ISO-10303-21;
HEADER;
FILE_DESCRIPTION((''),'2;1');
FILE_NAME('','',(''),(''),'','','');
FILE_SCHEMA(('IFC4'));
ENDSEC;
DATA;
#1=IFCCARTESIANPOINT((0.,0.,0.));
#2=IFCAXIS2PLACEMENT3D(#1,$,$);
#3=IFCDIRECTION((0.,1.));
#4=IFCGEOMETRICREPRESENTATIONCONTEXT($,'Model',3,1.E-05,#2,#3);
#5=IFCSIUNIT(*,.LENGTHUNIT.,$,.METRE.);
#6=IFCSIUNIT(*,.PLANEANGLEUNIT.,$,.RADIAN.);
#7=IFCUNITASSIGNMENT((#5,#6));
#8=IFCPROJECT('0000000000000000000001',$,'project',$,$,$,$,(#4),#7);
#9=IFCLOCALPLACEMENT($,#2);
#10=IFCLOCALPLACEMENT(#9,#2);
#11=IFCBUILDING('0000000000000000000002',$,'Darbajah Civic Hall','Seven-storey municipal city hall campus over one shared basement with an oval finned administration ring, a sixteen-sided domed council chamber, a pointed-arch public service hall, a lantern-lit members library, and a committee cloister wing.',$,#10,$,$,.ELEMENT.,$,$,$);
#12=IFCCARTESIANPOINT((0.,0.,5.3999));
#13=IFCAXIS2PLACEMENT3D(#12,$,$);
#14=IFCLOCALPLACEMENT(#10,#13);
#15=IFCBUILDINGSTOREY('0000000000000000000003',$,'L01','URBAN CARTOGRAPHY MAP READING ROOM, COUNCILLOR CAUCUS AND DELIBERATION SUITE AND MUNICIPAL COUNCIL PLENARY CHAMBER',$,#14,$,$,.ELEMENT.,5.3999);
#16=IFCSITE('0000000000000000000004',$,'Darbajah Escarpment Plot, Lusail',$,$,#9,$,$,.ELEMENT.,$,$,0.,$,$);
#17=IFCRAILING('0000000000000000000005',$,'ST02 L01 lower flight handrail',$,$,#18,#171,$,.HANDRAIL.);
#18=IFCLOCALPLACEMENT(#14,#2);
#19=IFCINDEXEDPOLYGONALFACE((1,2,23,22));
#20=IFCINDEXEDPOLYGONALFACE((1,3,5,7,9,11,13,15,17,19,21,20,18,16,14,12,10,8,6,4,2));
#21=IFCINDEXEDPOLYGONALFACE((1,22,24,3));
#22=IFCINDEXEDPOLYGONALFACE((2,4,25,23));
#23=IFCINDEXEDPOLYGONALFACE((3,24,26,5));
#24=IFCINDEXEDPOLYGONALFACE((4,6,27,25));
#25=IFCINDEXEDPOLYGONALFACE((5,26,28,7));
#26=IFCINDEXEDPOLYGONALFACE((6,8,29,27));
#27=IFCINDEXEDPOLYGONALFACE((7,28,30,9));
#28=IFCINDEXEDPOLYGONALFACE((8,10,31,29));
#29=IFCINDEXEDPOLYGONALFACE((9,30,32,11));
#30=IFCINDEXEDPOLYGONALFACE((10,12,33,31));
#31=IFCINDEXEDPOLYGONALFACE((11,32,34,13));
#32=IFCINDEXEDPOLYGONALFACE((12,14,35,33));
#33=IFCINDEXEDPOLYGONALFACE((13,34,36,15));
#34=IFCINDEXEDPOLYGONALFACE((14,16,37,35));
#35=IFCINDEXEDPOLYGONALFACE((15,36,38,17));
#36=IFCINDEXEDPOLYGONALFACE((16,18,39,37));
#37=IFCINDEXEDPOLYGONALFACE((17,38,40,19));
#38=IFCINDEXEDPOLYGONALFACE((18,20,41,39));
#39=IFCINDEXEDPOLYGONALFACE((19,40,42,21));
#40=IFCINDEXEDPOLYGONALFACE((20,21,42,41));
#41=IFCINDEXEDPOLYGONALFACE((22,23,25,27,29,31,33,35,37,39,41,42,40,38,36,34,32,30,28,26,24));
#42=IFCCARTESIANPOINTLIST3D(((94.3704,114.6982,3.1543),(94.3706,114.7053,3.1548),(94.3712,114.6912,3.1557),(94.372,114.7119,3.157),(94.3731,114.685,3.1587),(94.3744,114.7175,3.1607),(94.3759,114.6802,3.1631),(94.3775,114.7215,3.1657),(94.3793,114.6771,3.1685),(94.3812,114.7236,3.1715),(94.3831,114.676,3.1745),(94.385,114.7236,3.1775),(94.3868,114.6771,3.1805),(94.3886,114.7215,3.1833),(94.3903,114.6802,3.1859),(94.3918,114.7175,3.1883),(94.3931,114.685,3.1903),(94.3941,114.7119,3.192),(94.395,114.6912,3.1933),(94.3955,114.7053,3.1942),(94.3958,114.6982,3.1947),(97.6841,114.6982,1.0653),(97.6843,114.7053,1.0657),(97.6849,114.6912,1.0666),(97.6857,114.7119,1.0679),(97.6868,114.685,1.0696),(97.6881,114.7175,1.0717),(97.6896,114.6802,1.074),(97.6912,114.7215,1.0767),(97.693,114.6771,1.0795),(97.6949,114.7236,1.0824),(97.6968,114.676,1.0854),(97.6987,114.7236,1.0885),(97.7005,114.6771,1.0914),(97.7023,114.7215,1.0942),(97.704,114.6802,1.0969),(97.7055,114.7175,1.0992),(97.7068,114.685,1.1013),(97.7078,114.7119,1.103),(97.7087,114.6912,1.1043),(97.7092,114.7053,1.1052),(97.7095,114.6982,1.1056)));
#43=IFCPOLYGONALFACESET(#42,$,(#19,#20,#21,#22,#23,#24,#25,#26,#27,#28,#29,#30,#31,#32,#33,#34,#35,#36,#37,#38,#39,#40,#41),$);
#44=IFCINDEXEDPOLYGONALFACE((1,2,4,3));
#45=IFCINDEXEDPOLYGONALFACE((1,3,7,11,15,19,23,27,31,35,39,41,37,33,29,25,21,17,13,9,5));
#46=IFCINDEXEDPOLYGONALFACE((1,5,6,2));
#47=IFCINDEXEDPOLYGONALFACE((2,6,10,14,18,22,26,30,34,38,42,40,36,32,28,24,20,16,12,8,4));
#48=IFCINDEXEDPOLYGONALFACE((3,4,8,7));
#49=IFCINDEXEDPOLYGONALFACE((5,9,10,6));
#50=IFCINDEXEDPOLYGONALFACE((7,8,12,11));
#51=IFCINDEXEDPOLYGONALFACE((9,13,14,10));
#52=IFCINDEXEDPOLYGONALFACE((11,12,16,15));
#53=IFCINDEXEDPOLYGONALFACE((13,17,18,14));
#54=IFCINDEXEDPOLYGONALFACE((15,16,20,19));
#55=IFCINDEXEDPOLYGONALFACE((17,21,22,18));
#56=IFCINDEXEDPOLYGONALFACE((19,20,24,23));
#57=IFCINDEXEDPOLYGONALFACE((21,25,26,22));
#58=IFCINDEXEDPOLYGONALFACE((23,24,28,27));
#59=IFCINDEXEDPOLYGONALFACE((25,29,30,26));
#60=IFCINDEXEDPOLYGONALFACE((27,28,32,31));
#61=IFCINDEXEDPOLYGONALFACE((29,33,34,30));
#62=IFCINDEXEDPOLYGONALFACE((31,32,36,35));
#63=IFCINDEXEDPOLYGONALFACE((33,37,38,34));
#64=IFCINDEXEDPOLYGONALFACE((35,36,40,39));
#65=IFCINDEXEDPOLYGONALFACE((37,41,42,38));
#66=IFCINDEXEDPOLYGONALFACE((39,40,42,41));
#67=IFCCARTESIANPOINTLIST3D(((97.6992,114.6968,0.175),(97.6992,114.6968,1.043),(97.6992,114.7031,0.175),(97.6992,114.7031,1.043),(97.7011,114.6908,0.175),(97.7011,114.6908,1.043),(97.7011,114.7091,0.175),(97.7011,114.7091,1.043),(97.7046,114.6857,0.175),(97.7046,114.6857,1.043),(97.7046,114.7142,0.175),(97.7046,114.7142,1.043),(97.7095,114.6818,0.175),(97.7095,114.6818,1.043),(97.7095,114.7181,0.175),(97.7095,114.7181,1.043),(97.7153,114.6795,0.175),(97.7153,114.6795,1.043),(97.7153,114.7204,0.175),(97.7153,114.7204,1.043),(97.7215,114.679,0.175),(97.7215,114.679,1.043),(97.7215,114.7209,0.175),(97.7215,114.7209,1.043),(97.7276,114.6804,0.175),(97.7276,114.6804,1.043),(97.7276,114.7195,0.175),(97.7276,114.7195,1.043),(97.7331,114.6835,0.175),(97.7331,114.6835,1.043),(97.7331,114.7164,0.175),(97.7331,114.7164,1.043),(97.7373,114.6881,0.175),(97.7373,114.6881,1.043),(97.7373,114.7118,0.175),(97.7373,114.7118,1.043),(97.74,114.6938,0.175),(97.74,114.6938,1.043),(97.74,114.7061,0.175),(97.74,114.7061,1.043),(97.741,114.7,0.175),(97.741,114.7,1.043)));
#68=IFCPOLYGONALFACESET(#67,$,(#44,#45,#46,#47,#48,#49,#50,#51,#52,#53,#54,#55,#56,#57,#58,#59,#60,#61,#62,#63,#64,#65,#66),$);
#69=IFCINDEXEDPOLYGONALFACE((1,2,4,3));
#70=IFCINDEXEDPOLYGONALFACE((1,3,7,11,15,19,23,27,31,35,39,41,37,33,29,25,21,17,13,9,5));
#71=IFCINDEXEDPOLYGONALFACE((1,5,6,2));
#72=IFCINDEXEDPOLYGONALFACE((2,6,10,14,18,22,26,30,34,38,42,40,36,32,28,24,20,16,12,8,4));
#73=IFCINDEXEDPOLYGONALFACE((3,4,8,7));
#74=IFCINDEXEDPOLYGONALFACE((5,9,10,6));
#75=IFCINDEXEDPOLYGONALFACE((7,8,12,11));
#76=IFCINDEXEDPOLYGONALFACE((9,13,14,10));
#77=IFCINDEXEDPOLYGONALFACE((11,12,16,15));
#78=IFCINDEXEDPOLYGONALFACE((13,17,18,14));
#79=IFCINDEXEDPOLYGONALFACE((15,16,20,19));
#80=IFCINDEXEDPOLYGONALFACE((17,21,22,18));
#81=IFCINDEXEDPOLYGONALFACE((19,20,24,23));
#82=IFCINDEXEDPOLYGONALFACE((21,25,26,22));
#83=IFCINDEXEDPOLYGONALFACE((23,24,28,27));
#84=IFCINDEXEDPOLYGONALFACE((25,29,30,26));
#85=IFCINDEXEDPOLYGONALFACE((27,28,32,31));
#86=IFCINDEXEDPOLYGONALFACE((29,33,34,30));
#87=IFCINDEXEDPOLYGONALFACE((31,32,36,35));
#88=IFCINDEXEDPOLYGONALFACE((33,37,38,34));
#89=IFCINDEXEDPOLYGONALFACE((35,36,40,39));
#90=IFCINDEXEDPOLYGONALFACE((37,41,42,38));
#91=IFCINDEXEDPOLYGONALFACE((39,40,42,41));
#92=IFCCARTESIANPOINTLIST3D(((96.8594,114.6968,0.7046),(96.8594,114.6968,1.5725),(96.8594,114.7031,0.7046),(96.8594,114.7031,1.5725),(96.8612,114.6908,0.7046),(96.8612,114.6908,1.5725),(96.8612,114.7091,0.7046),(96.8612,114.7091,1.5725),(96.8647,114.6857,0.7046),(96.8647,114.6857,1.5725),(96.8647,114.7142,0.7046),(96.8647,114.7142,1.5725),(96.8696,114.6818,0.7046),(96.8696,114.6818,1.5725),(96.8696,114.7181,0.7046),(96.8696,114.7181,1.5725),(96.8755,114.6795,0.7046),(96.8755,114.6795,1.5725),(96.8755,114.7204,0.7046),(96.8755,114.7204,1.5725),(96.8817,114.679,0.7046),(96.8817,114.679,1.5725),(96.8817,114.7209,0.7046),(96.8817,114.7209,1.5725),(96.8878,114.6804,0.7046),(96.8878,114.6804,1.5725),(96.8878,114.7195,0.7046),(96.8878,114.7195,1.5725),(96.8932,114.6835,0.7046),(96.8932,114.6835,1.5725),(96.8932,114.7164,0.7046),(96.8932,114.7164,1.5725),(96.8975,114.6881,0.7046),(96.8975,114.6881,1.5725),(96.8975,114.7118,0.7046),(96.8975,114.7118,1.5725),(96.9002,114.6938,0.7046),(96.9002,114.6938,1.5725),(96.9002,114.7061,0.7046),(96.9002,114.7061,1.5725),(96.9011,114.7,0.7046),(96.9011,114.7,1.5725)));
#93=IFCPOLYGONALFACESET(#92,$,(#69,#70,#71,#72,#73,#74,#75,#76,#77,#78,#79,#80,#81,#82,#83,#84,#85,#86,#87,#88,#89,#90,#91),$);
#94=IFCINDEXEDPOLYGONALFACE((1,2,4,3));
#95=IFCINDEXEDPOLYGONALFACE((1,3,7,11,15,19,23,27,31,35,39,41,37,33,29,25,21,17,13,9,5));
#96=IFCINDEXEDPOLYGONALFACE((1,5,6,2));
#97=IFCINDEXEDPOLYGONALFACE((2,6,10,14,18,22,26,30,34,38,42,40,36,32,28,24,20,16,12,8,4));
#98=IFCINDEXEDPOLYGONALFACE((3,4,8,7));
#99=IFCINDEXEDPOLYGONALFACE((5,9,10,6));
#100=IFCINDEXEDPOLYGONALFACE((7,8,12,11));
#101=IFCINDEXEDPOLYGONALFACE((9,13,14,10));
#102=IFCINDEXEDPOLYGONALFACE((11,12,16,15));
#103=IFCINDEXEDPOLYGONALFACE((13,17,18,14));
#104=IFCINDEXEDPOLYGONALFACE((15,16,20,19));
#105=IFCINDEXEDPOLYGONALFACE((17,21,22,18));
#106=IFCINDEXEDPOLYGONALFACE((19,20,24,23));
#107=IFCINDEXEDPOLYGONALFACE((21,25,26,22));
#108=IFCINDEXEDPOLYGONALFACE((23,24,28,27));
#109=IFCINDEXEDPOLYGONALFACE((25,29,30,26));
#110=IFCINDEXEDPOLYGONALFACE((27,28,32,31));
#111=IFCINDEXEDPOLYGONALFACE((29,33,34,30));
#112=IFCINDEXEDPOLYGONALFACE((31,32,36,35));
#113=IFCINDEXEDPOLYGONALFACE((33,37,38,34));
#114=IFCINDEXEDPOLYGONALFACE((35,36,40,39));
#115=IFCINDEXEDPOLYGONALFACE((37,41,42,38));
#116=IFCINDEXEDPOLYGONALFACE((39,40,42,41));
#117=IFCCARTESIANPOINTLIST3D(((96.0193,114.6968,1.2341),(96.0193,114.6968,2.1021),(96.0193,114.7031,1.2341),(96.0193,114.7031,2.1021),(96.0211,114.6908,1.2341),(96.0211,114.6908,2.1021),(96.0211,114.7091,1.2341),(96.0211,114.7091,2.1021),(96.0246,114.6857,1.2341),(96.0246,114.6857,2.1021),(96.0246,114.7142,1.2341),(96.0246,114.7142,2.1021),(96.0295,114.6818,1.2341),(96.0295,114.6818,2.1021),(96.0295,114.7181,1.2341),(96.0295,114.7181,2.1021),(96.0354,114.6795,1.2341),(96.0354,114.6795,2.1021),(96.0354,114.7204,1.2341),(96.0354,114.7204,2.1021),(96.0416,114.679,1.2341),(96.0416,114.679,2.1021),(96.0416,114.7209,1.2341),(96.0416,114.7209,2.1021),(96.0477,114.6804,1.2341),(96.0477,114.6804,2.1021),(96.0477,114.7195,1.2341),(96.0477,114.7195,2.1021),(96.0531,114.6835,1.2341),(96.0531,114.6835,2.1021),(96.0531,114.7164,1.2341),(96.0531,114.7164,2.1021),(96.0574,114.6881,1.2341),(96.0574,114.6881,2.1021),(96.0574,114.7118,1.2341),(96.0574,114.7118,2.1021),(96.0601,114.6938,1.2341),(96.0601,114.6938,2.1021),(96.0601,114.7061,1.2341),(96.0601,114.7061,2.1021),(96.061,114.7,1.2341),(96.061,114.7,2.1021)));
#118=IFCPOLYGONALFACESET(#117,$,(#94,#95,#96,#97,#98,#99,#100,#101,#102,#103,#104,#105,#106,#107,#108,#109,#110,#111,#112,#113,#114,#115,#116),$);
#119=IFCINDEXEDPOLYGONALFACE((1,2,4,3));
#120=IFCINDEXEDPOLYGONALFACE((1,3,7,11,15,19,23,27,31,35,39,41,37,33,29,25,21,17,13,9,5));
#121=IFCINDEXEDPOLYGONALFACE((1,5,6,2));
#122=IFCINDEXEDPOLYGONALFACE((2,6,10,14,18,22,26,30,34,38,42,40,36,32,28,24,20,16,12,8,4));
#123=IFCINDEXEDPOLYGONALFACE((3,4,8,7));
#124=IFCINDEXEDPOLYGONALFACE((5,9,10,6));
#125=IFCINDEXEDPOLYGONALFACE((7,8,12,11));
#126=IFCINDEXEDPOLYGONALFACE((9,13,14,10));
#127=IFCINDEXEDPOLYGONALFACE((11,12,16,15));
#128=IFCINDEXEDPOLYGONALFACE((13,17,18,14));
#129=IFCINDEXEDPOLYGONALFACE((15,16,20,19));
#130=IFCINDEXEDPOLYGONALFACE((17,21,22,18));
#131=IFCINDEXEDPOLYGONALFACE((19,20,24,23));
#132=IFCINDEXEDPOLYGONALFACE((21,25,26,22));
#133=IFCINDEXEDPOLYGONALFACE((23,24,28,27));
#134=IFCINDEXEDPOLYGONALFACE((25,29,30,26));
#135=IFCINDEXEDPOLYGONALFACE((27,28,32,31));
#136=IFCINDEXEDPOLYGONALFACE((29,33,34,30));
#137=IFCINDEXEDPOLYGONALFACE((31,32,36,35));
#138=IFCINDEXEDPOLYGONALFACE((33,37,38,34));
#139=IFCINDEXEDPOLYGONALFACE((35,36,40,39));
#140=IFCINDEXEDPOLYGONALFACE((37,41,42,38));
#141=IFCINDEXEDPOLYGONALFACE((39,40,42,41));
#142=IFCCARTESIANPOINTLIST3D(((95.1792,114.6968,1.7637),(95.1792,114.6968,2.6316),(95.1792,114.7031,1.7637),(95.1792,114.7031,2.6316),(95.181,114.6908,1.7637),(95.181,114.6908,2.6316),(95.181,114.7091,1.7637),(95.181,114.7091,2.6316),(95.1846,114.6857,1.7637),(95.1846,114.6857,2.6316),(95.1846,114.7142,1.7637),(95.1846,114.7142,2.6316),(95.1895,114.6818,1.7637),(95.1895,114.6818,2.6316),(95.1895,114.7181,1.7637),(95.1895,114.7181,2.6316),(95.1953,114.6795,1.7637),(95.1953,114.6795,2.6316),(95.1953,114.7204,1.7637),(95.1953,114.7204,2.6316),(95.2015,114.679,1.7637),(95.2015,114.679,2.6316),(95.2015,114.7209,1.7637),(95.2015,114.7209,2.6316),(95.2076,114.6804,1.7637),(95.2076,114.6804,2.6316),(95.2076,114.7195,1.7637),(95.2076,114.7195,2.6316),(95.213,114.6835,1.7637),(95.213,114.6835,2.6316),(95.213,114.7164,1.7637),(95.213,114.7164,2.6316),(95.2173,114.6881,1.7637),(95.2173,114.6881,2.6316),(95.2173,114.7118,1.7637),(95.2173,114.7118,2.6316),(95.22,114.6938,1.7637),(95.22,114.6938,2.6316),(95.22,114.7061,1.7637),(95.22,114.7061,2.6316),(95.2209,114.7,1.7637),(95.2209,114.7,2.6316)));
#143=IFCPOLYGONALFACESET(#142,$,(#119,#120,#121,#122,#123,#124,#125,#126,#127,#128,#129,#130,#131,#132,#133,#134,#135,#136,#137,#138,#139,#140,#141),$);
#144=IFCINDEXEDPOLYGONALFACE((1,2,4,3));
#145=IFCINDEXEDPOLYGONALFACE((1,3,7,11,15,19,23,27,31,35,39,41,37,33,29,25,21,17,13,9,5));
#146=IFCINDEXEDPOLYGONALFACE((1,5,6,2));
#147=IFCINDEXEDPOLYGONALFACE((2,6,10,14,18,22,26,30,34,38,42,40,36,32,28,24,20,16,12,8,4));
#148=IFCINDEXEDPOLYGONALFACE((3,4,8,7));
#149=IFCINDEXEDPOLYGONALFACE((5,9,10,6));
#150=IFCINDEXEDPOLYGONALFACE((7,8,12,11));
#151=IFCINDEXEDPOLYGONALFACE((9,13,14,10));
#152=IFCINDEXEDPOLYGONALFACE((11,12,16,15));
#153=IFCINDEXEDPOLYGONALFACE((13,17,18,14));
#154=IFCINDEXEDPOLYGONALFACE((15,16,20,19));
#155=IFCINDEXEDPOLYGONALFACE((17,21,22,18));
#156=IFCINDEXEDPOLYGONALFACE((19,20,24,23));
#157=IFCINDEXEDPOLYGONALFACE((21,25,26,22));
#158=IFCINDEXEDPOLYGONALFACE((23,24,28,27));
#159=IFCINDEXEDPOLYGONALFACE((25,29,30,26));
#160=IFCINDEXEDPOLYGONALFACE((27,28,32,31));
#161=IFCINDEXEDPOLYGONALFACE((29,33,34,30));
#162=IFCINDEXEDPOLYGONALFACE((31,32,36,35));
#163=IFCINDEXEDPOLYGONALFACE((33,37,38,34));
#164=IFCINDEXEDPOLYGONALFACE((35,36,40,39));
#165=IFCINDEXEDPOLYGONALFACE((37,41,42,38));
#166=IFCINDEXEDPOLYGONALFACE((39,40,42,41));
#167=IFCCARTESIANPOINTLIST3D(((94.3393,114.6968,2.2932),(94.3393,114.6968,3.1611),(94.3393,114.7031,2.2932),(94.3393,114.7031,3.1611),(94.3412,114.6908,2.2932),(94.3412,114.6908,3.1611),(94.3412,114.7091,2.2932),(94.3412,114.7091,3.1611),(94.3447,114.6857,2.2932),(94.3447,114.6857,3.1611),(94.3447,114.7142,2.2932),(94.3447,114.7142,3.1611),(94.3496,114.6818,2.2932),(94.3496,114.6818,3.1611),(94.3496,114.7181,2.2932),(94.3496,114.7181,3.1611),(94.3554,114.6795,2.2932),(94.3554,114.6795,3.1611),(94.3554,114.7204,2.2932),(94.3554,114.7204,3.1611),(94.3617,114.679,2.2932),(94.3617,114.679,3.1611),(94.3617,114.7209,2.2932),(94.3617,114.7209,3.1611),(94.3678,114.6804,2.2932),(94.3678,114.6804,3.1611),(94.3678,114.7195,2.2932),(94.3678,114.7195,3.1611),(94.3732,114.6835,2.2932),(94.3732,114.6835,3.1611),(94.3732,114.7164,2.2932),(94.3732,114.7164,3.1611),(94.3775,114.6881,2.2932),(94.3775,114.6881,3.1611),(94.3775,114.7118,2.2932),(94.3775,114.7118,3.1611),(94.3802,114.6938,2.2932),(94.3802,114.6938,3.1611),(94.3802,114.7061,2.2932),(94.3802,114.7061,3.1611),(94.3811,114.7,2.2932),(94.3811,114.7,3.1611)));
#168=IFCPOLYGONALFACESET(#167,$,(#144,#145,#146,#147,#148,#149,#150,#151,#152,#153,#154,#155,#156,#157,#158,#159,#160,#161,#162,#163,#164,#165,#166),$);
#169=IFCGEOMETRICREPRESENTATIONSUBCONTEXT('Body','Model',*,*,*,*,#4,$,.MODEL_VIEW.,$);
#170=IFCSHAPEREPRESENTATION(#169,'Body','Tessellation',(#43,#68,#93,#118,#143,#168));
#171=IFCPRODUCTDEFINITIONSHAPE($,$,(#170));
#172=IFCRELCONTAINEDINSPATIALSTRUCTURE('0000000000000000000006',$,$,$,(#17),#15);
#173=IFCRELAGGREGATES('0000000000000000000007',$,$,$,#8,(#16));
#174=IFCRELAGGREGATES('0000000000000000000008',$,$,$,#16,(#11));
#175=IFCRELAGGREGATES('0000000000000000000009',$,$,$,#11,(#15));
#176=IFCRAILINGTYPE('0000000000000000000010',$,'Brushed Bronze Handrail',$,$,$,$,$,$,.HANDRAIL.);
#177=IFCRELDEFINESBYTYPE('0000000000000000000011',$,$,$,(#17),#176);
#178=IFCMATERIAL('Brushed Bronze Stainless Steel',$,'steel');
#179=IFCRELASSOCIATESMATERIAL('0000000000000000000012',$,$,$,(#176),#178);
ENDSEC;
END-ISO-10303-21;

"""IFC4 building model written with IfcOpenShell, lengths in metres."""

from ifc_helpers import new_model, si_unit, direction, frame, origin, origin_2d, place, context, subcontext, project, spatial, circle, extrude, material, type_object, element, save


model = new_model("IFC4")

# Units and contexts
model_context = context("Model", 3, precision=1e-05, world=origin(), true_north=direction((0.0, 1.0)))
body_context = subcontext(model_context, "Body", "Model", "MODEL_VIEW")
ifc_project = project(units=[si_unit("LENGTHUNIT", "METRE"), si_unit("PLANEANGLEUNIT", "RADIAN")], contexts=[model_context])

# Site, building, storey
site_placement = place(None, origin())
site = spatial("IfcSite", under=ifc_project, at=site_placement, Name="Darbajah Escarpment Plot, Lusail", CompositionType="ELEMENT", RefElevation=0.0)
building_placement = place(site_placement, origin())
building = spatial("IfcBuilding", under=site, at=building_placement, Name="Darbajah Civic Hall", Description="Seven-storey municipal city hall campus over one shared basement with an oval finned administration ring, a sixteen-sided domed council chamber, a pointed-arch public service hall, a lantern-lit members library, and a committee cloister wing.", CompositionType="ELEMENT")
storey_placement = place(building_placement, frame((0.0, 0.0, 5.3999)))
storey = spatial("IfcBuildingStorey", under=building, at=storey_placement, Name="L01", Description="URBAN CARTOGRAPHY MAP READING ROOM, COUNCILLOR CAUCUS AND DELIBERATION SUITE AND MUNICIPAL COUNCIL PLENARY CHAMBER", CompositionType="ELEMENT", Elevation=5.3999)

# Railing
ifc_material_1 = material(Name="Brushed Bronze Stainless Steel", Category="steel")
railing_type_1 = type_object("IfcRailingType", Name="Brushed Bronze Handrail", PredefinedType="HANDRAIL", material=ifc_material_1)
railing_1_placement = place(storey_placement, frame((97.72, 114.7, 0.175)))
element("IfcRailing", 1, at=railing_1_placement, inside=storey, type_object=railing_type_1, Name="ST02 L01 lower flight handrail", PredefinedType="HANDRAIL", context=body_context, shape_type="SweptSolid", body=[
    extrude(circle(Radius=0.0239, at=origin_2d()), frame((-0.0232, 0.0, 0.9104), z_axis=(-0.845927, 0.0, 0.533299), x_axis=(0.0, -1.0, 0.0)), (0.0, 0.0, 1.0), 3.9172),
    extrude(circle(Radius=0.021, at=origin_2d()), origin(), (0.0, 0.0, 1.0), 0.8679),
    extrude(circle(Radius=0.021, at=origin_2d()), frame((-0.8398, 0.0, 0.5295)), (0.0, 0.0, 1.0), 0.8679),
    extrude(circle(Radius=0.021, at=origin_2d()), frame((-1.6799, 0.0, 1.0591)), (0.0, 0.0, 1.0), 0.8679),
    extrude(circle(Radius=0.021, at=origin_2d()), frame((-2.52, 0.0, 1.5886)), (0.0, 0.0, 1.0), 0.8679),
    extrude(circle(Radius=0.021, at=origin_2d()), frame((-3.3599, 0.0, 2.1182)), (0.0, 0.0, 1.0), 0.8679),
])

save(model, "model.ifc")
